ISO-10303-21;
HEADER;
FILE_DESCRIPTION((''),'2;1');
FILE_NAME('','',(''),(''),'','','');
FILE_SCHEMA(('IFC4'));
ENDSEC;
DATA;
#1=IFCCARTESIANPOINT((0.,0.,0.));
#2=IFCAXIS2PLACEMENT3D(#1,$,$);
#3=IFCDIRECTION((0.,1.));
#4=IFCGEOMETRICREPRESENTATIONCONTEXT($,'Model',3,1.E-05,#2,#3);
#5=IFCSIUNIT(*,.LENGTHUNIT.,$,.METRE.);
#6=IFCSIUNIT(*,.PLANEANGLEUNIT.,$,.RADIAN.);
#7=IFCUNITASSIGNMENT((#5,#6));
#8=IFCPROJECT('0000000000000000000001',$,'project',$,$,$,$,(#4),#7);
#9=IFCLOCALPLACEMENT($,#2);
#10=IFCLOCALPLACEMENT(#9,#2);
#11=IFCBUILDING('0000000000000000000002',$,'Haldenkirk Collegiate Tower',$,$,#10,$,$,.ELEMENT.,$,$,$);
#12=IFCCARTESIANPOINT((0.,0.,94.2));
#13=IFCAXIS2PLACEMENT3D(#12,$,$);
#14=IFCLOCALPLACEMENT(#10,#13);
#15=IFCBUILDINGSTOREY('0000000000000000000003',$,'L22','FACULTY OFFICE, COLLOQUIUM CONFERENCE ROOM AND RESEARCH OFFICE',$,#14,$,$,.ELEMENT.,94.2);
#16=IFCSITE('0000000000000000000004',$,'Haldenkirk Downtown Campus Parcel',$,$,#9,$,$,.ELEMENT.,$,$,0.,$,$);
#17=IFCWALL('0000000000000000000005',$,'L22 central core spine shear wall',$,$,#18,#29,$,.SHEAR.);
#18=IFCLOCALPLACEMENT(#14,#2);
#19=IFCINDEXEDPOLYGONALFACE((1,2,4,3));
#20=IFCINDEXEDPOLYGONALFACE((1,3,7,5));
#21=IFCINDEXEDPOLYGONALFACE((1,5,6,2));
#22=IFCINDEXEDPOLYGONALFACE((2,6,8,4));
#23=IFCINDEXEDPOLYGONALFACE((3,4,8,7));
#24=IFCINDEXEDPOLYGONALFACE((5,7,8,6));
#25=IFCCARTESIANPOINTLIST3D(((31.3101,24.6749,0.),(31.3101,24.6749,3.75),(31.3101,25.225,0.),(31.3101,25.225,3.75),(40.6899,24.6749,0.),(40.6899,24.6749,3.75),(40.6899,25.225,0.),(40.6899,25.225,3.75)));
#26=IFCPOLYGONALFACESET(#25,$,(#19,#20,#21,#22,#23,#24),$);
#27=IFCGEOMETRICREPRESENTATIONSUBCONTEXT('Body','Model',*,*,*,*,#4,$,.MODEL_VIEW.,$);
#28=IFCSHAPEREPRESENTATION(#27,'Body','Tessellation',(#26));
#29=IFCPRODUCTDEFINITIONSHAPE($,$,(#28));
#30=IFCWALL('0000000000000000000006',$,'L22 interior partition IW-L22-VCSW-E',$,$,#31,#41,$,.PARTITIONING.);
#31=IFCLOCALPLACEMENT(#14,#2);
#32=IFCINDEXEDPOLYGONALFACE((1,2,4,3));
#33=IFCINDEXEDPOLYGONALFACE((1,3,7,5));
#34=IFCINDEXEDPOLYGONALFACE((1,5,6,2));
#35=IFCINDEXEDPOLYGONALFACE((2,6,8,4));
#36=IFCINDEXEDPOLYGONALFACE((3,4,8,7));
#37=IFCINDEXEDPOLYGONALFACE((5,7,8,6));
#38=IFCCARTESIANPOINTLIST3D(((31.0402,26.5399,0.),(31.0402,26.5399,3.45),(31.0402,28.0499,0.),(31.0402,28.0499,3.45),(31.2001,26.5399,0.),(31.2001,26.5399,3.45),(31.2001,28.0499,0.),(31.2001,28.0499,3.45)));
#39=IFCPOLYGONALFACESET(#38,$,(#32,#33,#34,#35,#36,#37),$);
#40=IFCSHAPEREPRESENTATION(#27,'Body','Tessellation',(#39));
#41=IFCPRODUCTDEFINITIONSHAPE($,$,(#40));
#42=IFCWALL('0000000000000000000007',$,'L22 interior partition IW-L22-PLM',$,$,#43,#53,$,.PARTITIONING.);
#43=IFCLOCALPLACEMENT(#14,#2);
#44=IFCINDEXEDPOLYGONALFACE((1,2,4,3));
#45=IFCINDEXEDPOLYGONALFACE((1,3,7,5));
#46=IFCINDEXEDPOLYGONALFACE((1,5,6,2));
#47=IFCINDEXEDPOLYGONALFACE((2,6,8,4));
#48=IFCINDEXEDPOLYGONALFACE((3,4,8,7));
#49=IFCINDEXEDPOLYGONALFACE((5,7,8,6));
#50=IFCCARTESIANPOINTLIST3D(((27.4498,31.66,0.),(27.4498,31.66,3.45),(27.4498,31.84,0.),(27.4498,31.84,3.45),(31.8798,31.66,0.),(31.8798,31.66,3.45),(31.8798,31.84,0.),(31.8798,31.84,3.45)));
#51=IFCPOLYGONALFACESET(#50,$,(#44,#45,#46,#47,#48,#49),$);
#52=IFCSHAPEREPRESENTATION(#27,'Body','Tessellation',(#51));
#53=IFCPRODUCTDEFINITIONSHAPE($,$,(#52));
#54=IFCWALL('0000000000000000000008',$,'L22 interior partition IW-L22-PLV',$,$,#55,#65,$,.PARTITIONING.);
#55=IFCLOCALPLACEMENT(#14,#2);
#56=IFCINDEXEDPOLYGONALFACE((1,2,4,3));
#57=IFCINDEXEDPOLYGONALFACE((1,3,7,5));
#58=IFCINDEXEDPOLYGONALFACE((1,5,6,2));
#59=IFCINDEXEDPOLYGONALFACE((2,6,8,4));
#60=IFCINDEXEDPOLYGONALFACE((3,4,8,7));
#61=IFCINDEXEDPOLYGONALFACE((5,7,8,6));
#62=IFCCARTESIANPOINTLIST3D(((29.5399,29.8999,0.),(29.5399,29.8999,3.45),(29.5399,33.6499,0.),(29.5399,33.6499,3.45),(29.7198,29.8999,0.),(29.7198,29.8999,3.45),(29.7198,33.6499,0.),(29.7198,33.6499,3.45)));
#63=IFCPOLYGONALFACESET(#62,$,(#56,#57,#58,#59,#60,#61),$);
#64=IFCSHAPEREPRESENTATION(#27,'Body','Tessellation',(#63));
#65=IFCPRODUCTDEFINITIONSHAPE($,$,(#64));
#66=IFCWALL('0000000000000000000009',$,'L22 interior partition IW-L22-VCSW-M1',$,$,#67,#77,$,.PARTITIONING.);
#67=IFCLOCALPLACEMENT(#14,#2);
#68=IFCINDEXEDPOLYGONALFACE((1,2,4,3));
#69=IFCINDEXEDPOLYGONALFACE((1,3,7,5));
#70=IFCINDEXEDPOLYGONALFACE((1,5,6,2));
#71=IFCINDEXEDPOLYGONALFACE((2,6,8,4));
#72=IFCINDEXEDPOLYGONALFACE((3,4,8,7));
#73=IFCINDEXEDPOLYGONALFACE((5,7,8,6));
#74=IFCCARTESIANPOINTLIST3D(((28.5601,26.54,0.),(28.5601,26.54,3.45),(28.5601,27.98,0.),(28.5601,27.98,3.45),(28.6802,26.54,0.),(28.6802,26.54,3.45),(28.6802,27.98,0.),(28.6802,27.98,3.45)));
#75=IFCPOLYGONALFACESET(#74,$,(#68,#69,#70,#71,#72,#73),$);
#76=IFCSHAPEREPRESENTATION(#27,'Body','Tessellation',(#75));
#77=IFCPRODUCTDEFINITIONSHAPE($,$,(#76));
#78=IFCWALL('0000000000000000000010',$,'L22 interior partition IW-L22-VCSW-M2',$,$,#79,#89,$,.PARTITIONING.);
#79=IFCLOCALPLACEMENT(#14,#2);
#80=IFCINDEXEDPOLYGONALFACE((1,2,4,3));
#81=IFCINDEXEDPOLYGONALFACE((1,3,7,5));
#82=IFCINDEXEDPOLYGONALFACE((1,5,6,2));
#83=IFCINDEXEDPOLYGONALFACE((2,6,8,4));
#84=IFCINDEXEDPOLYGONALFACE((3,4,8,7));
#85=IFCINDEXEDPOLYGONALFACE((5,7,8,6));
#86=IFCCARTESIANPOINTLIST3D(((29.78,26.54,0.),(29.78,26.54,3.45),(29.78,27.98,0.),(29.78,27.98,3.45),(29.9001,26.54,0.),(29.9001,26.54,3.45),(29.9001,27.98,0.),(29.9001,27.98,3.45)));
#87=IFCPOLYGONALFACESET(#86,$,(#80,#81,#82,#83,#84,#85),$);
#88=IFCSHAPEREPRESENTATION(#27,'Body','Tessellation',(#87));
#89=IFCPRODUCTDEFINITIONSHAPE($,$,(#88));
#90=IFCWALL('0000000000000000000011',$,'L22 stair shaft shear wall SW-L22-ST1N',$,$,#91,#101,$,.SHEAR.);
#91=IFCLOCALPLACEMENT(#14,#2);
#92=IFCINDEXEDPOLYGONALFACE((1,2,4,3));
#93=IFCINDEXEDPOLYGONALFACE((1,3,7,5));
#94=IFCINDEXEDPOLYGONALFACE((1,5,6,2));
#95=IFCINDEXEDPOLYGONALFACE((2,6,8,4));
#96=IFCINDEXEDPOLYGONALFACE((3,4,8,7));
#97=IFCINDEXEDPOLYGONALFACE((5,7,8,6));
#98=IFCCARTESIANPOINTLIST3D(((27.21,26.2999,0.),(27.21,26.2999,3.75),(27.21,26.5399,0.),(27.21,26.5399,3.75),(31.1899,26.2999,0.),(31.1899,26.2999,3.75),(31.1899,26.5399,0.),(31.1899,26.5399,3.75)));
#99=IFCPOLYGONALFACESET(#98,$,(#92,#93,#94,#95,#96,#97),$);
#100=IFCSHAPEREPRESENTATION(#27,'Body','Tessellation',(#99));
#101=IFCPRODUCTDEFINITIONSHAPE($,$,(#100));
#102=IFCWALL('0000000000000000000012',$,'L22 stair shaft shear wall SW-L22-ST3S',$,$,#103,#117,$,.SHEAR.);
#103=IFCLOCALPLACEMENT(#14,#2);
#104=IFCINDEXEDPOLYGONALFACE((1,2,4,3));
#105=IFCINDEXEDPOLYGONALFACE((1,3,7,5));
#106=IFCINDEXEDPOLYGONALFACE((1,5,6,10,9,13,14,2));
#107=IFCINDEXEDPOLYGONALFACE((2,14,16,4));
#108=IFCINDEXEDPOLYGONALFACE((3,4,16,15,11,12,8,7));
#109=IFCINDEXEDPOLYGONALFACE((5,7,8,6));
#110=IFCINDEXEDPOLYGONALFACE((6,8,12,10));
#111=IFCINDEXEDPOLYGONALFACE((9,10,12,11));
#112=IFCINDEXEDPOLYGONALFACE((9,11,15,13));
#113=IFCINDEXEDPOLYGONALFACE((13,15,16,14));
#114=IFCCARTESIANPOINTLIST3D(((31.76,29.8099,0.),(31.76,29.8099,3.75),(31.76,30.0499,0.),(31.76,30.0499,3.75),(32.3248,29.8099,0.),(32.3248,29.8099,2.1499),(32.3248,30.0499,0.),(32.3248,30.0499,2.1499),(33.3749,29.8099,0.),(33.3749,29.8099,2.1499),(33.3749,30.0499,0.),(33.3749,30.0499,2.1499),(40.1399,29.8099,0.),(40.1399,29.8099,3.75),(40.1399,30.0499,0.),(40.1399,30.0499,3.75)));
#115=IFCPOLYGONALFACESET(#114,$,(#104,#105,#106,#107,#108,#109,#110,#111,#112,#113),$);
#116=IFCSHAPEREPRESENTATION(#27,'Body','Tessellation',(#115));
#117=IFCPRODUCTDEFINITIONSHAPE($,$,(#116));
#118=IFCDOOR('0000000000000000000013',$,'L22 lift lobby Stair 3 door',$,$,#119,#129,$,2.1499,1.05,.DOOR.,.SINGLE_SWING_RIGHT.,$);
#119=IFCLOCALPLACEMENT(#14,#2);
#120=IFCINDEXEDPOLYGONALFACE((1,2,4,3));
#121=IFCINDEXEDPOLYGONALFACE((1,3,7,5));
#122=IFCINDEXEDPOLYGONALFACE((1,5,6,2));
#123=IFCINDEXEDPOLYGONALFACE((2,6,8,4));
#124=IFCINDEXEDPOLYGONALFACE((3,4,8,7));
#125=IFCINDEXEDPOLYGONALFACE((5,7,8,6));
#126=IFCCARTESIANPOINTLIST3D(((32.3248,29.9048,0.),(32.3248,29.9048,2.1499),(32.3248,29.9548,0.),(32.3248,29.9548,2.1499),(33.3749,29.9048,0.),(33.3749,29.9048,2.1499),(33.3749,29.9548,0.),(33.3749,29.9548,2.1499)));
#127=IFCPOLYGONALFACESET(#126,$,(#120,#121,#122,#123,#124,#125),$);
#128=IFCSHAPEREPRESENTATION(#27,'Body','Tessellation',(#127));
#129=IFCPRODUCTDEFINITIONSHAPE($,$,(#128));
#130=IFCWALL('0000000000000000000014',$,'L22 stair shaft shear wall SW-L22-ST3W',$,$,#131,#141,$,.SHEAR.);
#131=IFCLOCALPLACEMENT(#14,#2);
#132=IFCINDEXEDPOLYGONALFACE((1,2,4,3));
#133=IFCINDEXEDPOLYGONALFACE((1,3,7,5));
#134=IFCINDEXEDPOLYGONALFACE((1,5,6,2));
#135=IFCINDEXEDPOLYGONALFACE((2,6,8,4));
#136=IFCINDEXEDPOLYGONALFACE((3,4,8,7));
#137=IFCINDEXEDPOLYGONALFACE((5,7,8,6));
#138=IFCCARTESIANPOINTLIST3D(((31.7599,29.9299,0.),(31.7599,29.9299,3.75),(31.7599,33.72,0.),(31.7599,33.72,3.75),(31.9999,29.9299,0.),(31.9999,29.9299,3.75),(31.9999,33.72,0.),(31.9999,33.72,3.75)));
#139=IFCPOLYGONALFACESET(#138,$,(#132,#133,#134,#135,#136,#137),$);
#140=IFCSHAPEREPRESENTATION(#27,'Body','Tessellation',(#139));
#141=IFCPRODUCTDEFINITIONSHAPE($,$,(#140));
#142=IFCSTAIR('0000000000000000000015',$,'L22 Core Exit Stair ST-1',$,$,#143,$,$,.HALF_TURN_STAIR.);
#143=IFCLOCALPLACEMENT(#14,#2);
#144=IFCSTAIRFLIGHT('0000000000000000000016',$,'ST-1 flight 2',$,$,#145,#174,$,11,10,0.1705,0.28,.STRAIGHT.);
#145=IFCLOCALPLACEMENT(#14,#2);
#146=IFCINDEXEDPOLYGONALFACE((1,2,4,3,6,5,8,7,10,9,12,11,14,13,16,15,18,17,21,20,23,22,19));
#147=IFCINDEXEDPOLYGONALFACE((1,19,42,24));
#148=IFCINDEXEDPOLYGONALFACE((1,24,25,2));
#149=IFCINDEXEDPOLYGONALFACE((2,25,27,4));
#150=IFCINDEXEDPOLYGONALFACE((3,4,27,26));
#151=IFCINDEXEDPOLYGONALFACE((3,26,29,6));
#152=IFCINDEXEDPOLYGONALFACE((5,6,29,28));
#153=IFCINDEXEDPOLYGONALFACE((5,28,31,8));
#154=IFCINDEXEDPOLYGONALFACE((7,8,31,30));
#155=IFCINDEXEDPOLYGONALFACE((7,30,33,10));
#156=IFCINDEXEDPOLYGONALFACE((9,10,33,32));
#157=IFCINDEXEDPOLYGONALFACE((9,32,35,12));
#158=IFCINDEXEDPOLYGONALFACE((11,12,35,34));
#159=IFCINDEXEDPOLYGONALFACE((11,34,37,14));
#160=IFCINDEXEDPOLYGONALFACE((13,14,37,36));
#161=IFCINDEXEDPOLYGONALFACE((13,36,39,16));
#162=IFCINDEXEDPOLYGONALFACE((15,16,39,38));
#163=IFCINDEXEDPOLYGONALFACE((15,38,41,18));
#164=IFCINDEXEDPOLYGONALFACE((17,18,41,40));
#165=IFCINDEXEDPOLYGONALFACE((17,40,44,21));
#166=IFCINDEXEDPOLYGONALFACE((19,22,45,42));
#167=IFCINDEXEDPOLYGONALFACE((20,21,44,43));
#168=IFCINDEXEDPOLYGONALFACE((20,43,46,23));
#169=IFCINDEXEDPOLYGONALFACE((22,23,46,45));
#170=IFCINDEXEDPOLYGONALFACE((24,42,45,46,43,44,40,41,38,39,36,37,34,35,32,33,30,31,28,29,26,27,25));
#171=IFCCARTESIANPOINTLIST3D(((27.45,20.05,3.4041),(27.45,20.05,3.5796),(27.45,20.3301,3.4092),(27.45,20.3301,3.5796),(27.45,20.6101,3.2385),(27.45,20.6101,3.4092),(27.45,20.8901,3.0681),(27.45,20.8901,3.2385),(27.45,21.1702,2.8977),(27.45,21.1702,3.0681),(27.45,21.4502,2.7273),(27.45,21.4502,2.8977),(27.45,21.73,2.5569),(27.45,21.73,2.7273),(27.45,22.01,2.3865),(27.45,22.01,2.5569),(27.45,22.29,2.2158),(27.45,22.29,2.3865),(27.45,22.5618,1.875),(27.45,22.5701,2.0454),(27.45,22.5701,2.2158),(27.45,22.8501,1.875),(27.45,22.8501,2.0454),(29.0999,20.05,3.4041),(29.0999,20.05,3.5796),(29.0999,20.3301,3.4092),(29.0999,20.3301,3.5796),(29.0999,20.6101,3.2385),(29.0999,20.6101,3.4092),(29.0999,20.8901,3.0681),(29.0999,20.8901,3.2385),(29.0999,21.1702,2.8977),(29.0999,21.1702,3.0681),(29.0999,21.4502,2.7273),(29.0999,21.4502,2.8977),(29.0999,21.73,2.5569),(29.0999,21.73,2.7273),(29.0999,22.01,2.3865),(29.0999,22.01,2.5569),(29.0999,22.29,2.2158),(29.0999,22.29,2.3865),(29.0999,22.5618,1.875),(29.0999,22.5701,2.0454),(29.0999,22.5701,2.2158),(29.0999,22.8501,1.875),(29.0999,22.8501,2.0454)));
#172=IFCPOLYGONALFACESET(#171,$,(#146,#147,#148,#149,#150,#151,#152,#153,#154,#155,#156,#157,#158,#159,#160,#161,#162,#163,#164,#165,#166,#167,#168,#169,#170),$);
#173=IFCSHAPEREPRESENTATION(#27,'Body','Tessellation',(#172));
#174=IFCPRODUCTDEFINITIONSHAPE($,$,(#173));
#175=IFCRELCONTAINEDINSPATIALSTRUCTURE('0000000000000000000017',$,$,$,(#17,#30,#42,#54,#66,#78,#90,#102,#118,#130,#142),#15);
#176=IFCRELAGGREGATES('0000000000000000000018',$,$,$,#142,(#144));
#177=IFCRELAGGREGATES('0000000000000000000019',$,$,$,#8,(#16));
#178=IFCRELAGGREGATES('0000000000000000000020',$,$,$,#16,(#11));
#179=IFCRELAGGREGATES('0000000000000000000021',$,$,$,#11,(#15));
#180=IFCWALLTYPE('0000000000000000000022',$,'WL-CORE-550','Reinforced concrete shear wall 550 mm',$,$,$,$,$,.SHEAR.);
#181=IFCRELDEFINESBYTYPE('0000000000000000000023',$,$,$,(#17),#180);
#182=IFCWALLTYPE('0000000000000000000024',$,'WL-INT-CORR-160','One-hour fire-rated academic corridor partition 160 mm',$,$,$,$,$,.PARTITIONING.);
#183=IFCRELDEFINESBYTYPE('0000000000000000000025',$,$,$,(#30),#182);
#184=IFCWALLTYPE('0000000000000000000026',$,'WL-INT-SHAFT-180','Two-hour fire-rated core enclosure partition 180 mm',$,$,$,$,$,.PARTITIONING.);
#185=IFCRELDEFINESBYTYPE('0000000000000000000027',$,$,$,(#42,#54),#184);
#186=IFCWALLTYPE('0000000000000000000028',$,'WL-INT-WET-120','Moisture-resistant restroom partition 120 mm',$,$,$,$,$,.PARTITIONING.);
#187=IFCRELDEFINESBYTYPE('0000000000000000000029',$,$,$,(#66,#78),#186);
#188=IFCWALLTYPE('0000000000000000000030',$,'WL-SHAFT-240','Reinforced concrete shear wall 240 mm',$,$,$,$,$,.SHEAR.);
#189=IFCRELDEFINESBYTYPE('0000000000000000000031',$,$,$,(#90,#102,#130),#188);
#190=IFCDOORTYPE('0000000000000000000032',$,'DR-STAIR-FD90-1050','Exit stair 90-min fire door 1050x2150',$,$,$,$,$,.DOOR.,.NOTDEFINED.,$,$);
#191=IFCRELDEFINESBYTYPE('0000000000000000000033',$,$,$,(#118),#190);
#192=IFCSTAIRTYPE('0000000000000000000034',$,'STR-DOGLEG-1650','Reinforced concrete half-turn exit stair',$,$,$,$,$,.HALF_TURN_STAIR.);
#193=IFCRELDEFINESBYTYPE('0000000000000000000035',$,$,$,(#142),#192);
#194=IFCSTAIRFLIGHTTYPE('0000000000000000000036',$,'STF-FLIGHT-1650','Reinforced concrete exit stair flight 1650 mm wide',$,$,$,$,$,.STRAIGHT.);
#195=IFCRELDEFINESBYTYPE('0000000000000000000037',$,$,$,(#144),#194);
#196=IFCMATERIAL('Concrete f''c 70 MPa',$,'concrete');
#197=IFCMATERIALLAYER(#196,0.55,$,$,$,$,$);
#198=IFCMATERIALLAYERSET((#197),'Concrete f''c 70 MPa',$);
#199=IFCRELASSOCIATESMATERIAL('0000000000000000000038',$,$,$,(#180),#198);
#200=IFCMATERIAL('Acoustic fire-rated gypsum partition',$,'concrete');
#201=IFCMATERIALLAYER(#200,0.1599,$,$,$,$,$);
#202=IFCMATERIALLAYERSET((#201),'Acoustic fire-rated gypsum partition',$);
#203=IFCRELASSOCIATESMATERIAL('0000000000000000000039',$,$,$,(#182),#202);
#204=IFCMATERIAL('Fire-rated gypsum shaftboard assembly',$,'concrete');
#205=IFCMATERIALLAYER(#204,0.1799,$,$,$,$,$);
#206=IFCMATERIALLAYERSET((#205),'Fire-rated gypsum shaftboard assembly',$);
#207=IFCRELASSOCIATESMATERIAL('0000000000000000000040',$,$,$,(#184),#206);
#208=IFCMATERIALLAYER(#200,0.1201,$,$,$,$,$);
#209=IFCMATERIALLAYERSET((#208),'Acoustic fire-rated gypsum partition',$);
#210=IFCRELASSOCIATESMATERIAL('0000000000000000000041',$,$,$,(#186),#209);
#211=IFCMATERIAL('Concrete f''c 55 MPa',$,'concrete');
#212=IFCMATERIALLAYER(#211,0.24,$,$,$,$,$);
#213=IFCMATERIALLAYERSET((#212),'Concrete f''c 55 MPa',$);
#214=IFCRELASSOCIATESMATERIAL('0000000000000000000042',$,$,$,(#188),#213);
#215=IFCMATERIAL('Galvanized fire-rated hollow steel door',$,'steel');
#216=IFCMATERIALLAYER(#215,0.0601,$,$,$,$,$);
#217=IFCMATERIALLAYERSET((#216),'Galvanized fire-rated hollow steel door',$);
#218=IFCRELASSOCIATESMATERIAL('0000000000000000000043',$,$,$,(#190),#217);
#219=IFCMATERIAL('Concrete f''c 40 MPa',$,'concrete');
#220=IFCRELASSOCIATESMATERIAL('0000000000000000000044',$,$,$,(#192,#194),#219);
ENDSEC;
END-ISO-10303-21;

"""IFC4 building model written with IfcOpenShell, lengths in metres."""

from ifc_helpers import new_model, si_unit, direction, frame, frame_2d, origin, place, context, subcontext, project, spatial, polyline, rectangle, outline, extrude, material, layer, layer_set, type_object, element, fill, aggregate, save


model = new_model("IFC4")

# Units and contexts
model_context = context("Model", 3, precision=1e-05, world=origin(), true_north=direction((0.0, 1.0)))
body_context = subcontext(model_context, "Body", "Model", "MODEL_VIEW")
ifc_project = project(units=[si_unit("LENGTHUNIT", "METRE"), si_unit("PLANEANGLEUNIT", "RADIAN")], contexts=[model_context])

# Site, building, storey
site_placement = place(None, origin())
site = spatial("IfcSite", under=ifc_project, at=site_placement, Name="Haldenkirk Downtown Campus Parcel", CompositionType="ELEMENT", RefElevation=0.0)
building_placement = place(site_placement, origin())
building = spatial("IfcBuilding", under=site, at=building_placement, Name="Haldenkirk Collegiate Tower", CompositionType="ELEMENT")
storey_placement = place(building_placement, frame((0.0, 0.0, 94.2)))
storey = spatial("IfcBuildingStorey", under=building, at=storey_placement, Name="L22", Description="FACULTY OFFICE, COLLOQUIUM CONFERENCE ROOM AND RESEARCH OFFICE", CompositionType="ELEMENT", Elevation=94.2)

# Walls
ifc_material_1 = material(Name="Concrete f'c 70 MPa", Category="concrete")
ifc_layer_1 = layer(ifc_material_1, 0.55)
ifc_layer_set_1 = layer_set([ifc_layer_1], Name="Concrete f'c 70 MPa")
wall_type_1 = type_object("IfcWallType", Name="WL-CORE-550", Description="Reinforced concrete shear wall 550 mm", PredefinedType="SHEAR", material=ifc_layer_set_1)
wall_1_placement = place(storey_placement, frame((31.3101, 24.95, 0.0), z_axis=(0.0, 0.0, 1.0), x_axis=(1.0, 0.0, 0.0)))
element("IfcWall", 1, at=wall_1_placement, inside=storey, type_object=wall_type_1, Name="L22 central core spine shear wall", PredefinedType="SHEAR", context=body_context, shape_type="SweptSolid", body=[
    extrude(rectangle(XDim=9.3799, YDim=0.55, at=frame_2d((4.6899, 0.0))), origin(), (0.0, 0.0, 1.0), 3.75),
])
ifc_material_2 = material(Name="Acoustic fire-rated gypsum partition", Category="concrete")
ifc_layer_2 = layer(ifc_material_2, 0.1599)
ifc_layer_set_2 = layer_set([ifc_layer_2], Name="Acoustic fire-rated gypsum partition")
wall_type_2 = type_object("IfcWallType", Name="WL-INT-CORR-160", Description="One-hour fire-rated academic corridor partition 160 mm", PredefinedType="PARTITIONING", material=ifc_layer_set_2)
wall_2_placement = place(storey_placement, frame((31.1201, 26.54, 0.0), z_axis=(0.0, 0.0, 1.0), x_axis=(0.0, 1.0, 0.0)))
element("IfcWall", 2, at=wall_2_placement, inside=storey, type_object=wall_type_2, Name="L22 interior partition IW-L22-VCSW-E", PredefinedType="PARTITIONING", context=body_context, shape_type="SweptSolid", body=[
    extrude(rectangle(XDim=1.51, YDim=0.1599, at=frame_2d((0.7549, 0.0))), origin(), (0.0, 0.0, 1.0), 3.45),
])

# Shared definitions
ifc_material_3 = material(Name="Fire-rated gypsum shaftboard assembly", Category="concrete")
ifc_layer_3 = layer(ifc_material_3, 0.1799)
ifc_layer_set_3 = layer_set([ifc_layer_3], Name="Fire-rated gypsum shaftboard assembly")
wall_type_3 = type_object("IfcWallType", Name="WL-INT-SHAFT-180", Description="Two-hour fire-rated core enclosure partition 180 mm", PredefinedType="PARTITIONING", material=ifc_layer_set_3)

# Walls
wall_3_placement = place(storey_placement, frame((27.45, 31.75, 0.0), z_axis=(0.0, 0.0, 1.0), x_axis=(1.0, 0.0, 0.0)))
element("IfcWall", 3, at=wall_3_placement, inside=storey, type_object=wall_type_3, Name="L22 interior partition IW-L22-PLM", PredefinedType="PARTITIONING", context=body_context, shape_type="SweptSolid", body=[
    extrude(rectangle(XDim=4.4299, YDim=0.1799, at=frame_2d((2.2148, 0.0))), origin(), (0.0, 0.0, 1.0), 3.45),
])
wall_4_placement = place(storey_placement, frame((29.6299, 29.8999, 0.0), z_axis=(0.0, 0.0, 1.0), x_axis=(0.0, 1.0, 0.0)))
element("IfcWall", 4, at=wall_4_placement, inside=storey, type_object=wall_type_3, Name="L22 interior partition IW-L22-PLV", PredefinedType="PARTITIONING", context=body_context, shape_type="SweptSolid", body=[
    extrude(rectangle(XDim=3.75, YDim=0.1799, at=frame_2d((1.875, 0.0))), origin(), (0.0, 0.0, 1.0), 3.45),
])

# Shared definitions
ifc_material_4 = material(Name="Galvanized fire-rated hollow steel door", Category="steel")

# Walls
ifc_layer_4 = layer(ifc_material_2, 0.1201)
ifc_layer_set_4 = layer_set([ifc_layer_4], Name="Acoustic fire-rated gypsum partition")
wall_type_4 = type_object("IfcWallType", Name="WL-INT-WET-120", Description="Moisture-resistant restroom partition 120 mm", PredefinedType="PARTITIONING", material=ifc_layer_set_4)
for number, where, z_axis, x_axis, name in (
    (5, (28.6201, 26.54, 0.0), (0.0, 0.0, 1.0), (0.0, 1.0, 0.0), "L22 interior partition IW-L22-VCSW-M1"),
    (6, (29.8401, 26.54, 0.0), (0.0, 0.0, 1.0), (0.0, 1.0, 0.0), "L22 interior partition IW-L22-VCSW-M2"),
):
    element("IfcWall", number, at=place(storey_placement, frame(where, z_axis=z_axis, x_axis=x_axis)), inside=storey, type_object=wall_type_4, Name=name, PredefinedType="PARTITIONING", context=body_context, shape_type="SweptSolid", body=[
        extrude(rectangle(XDim=1.4399, YDim=0.1201, at=frame_2d((0.72, 0.0))), origin(), (0.0, 0.0, 1.0), 3.45),
    ])
ifc_material_5 = material(Name="Concrete f'c 55 MPa", Category="concrete")
ifc_layer_5 = layer(ifc_material_5, 0.24)
ifc_layer_set_5 = layer_set([ifc_layer_5], Name="Concrete f'c 55 MPa")
wall_type_5 = type_object("IfcWallType", Name="WL-SHAFT-240", Description="Reinforced concrete shear wall 240 mm", PredefinedType="SHEAR", material=ifc_layer_set_5)
wall_5_placement = place(storey_placement, frame((27.21, 26.4199, 0.0), z_axis=(0.0, 0.0, 1.0), x_axis=(1.0, 0.0, 0.0)))
element("IfcWall", 7, at=wall_5_placement, inside=storey, type_object=wall_type_5, Name="L22 stair shaft shear wall SW-L22-ST1N", PredefinedType="SHEAR", context=body_context, shape_type="SweptSolid", body=[
    extrude(rectangle(XDim=3.98, YDim=0.24, at=frame_2d((1.99, 0.0))), origin(), (0.0, 0.0, 1.0), 3.75),
])

# Wall, opening, door
wall_6_placement = place(storey_placement, frame((31.76, 29.9299, 0.0), z_axis=(0.0, 0.0, 1.0), x_axis=(1.0, 0.0, 0.0)))
wall_6 = element("IfcWall", 8, at=wall_6_placement, inside=storey, type_object=wall_type_5, Name="L22 stair shaft shear wall SW-L22-ST3S", PredefinedType="SHEAR", context=body_context, shape_type="SweptSolid", body=[
    extrude(rectangle(XDim=8.3799, YDim=0.24, at=frame_2d((4.1899, 0.0))), origin(), (0.0, 0.0, 1.0), 3.75),
])
opening_1_placement = place(wall_6_placement, frame((0.5649, 0.0, 0.0)))
opening_1 = element("IfcOpeningElement", 9, at=opening_1_placement, cuts=wall_6, PredefinedType="OPENING", context=body_context, shape_type="SweptSolid", body=[
    extrude(rectangle(XDim=1.05, YDim=2.1499, at=frame_2d((0.5249, 1.075))), frame((0.0, 0.1299, 0.0), z_axis=(0.0, -1.0, 0.0), x_axis=(1.0, 0.0, 0.0)), (0.0, 0.0, 1.0), 0.26),
])
ifc_layer_6 = layer(ifc_material_4, 0.0601)
ifc_layer_set_6 = layer_set([ifc_layer_6], Name="Galvanized fire-rated hollow steel door")
door_type_1 = type_object("IfcDoorType", Name="DR-STAIR-FD90-1050", Description="Exit stair 90-min fire door 1050x2150", OperationType="NOTDEFINED", PredefinedType="DOOR", material=ifc_layer_set_6)
door_1_placement = place(opening_1_placement, origin())
door_1 = element("IfcDoor", 10, at=door_1_placement, inside=storey, type_object=door_type_1, Name="L22 lift lobby Stair 3 door", OperationType="SINGLE_SWING_RIGHT", OverallHeight=2.1499, OverallWidth=1.05, PredefinedType="DOOR", context=body_context, shape_type="SweptSolid", body=[
    extrude(rectangle(XDim=1.05, YDim=2.1499, at=frame_2d((0.5249, 1.075))), frame((0.0, 0.0249, 0.0), z_axis=(0.0, -1.0, 0.0), x_axis=(1.0, 0.0, 0.0)), (0.0, 0.0, 1.0), 0.05),
])
fill(opening_1, door_1)

# Wall
wall_7_placement = place(storey_placement, frame((31.8799, 29.9299, 0.0), z_axis=(0.0, 0.0, 1.0), x_axis=(0.0, 1.0, 0.0)))
element("IfcWall", 11, at=wall_7_placement, inside=storey, type_object=wall_type_5, Name="L22 stair shaft shear wall SW-L22-ST3W", PredefinedType="SHEAR", context=body_context, shape_type="SweptSolid", body=[
    extrude(rectangle(XDim=3.79, YDim=0.24, at=frame_2d((1.895, 0.0))), origin(), (0.0, 0.0, 1.0), 3.75),
])

# Stair, stair flight
ifc_material_6 = material(Name="Concrete f'c 40 MPa", Category="concrete")
stair_type = type_object("IfcStairType", Name="STR-DOGLEG-1650", Description="Reinforced concrete half-turn exit stair", PredefinedType="HALF_TURN_STAIR", material=ifc_material_6)
stair_placement = place(storey_placement, origin())
stair = element("IfcStair", 12, at=stair_placement, inside=storey, type_object=stair_type, Name="L22 Core Exit Stair ST-1", PredefinedType="HALF_TURN_STAIR")
stair_flight_type = type_object("IfcStairFlightType", Name="STF-FLIGHT-1650", Description="Reinforced concrete exit stair flight 1650 mm wide", PredefinedType="STRAIGHT", material=ifc_material_6)
stair_flight_placement = place(storey_placement, frame((28.2749, 22.8501, 1.875), z_axis=(0.0, 0.0, 1.0), x_axis=(0.0, -1.0, 0.0)))
stair_flight = element("IfcStairFlight", 13, at=stair_flight_placement, type_object=stair_flight_type, Name="ST-1 flight 2", NumberOfRisers=11, NumberOfTreads=10, PredefinedType="STRAIGHT", RiserHeight=0.1705, TreadLength=0.28, context=body_context, shape_type="SweptSolid", body=[
    extrude(outline(polyline([(0.0, 0.0), (0.0, 0.1704), (0.28, 0.1704), (0.28, 0.3408), (0.5601, 0.3408), (0.5601, 0.5115), (0.8401, 0.5115), (0.8401, 0.6819), (1.1201, 0.6819), (1.1201, 0.8523), (1.3999, 0.8523), (1.3999, 1.0227), (1.6799, 1.0227), (1.6799, 1.1931), (1.96, 1.1931), (1.96, 1.3635), (2.24, 1.3635), (2.24, 1.5342), (2.52, 1.5342), (2.52, 1.7046), (2.8, 1.7046), (2.8, 1.875), (2.8, 1.5291), (0.2883, 0.0), (0.0, 0.0)])), frame((0.0, 0.825, 0.0), z_axis=(0.0, -1.0, 0.0), x_axis=(1.0, 0.0, 0.0)), (0.0, 0.0, 1.0), 1.6499),
])
aggregate(stair, [stair_flight])

save(model, "model.ifc")
